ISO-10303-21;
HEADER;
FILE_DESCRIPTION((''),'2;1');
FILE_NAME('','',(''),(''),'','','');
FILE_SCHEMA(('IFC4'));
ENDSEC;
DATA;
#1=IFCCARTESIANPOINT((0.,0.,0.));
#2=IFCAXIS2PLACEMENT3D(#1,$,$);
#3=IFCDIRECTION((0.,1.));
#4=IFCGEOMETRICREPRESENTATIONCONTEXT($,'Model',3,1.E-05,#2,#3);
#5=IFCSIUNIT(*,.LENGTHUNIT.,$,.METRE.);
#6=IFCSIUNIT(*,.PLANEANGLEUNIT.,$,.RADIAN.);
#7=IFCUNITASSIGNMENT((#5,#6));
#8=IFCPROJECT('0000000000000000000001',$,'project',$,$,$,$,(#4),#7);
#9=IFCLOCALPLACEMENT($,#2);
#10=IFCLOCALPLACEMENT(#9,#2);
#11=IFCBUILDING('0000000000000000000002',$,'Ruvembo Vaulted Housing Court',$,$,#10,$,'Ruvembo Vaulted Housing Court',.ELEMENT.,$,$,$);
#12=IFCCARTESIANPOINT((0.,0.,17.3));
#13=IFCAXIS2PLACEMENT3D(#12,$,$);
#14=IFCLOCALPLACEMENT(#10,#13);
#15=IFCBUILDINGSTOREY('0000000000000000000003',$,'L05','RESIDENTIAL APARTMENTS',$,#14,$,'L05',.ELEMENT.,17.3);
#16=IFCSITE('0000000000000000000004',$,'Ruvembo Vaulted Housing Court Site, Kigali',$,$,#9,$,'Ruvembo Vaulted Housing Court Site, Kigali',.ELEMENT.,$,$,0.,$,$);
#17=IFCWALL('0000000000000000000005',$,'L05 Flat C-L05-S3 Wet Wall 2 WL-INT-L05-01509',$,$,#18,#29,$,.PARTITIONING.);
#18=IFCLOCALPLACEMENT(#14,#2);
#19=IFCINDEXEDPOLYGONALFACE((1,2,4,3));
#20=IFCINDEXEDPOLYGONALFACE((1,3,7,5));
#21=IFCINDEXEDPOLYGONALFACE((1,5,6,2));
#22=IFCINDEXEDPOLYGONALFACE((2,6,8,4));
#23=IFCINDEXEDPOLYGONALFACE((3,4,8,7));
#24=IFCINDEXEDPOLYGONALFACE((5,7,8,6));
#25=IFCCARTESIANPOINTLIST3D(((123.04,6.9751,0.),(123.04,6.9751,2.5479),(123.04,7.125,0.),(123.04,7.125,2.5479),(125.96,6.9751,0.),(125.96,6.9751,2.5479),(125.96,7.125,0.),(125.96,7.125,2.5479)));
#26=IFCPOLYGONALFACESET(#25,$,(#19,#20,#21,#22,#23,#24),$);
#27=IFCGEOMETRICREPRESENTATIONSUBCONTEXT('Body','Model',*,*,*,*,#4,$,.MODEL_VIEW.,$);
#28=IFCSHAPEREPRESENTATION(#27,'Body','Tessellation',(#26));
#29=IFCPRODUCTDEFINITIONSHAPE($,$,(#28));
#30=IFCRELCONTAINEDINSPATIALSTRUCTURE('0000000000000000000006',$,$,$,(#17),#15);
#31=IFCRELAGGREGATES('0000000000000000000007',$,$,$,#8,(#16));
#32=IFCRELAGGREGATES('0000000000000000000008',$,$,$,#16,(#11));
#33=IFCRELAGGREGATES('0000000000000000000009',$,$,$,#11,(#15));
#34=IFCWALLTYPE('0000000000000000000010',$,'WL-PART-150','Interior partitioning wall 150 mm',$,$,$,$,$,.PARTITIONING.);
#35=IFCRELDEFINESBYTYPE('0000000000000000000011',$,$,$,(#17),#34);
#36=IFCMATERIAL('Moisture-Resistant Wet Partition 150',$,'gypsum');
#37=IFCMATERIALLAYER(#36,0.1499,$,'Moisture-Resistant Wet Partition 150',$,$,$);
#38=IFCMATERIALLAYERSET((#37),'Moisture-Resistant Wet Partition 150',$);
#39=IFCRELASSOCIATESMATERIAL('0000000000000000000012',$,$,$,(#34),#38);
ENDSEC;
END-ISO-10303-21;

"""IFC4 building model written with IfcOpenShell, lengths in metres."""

from ifc_helpers import new_model, si_unit, direction, frame, frame_2d, origin, place, context, subcontext, project, spatial, rectangle, extrude, material, layer, layer_set, type_object, element, save


model = new_model("IFC4")

# Units and contexts
model_context = context("Model", 3, precision=1e-05, world=origin(), true_north=direction((0.0, 1.0)))
body_context = subcontext(model_context, "Body", "Model", "MODEL_VIEW")
ifc_project = project(units=[si_unit("LENGTHUNIT", "METRE"), si_unit("PLANEANGLEUNIT", "RADIAN")], contexts=[model_context])

# Site, building, storey
site_placement = place(None, origin())
site = spatial("IfcSite", under=ifc_project, at=site_placement, Name="Ruvembo Vaulted Housing Court Site, Kigali", LongName="Ruvembo Vaulted Housing Court Site, Kigali", CompositionType="ELEMENT", RefElevation=0.0)
building_placement = place(site_placement, origin())
building = spatial("IfcBuilding", under=site, at=building_placement, Name="Ruvembo Vaulted Housing Court", LongName="Ruvembo Vaulted Housing Court", CompositionType="ELEMENT")
storey_placement = place(building_placement, frame((0.0, 0.0, 17.3)))
storey = spatial("IfcBuildingStorey", under=building, at=storey_placement, Name="L05", Description="RESIDENTIAL APARTMENTS", LongName="L05", CompositionType="ELEMENT", Elevation=17.3)

# Shared definitions
ifc_material_1 = material(Name="Moisture-Resistant Wet Partition 150", Category="gypsum")
ifc_layer_1 = layer(ifc_material_1, 0.1499, Name="Moisture-Resistant Wet Partition 150")
ifc_layer_set_1 = layer_set([ifc_layer_1], Name="Moisture-Resistant Wet Partition 150")
wall_type_1 = type_object("IfcWallType", Name="WL-PART-150", Description="Interior partitioning wall 150 mm", PredefinedType="PARTITIONING", material=ifc_layer_set_1)

# Wall
wall_1_placement = place(storey_placement, frame((123.04, 7.05, 0.0), z_axis=(0.0, 0.0, 1.0), x_axis=(1.0, 0.0, 0.0)))
element("IfcWall", 1, at=wall_1_placement, inside=storey, type_object=wall_type_1, Name="L05 Flat C-L05-S3 Wet Wall 2 WL-INT-L05-01509", PredefinedType="PARTITIONING", context=body_context, shape_type="SweptSolid", body=[
    extrude(rectangle(XDim=2.9199, YDim=0.1499, at=frame_2d((1.46, 0.0))), origin(), (0.0, 0.0, 1.0), 2.5479),
])

save(model, "model.ifc")
